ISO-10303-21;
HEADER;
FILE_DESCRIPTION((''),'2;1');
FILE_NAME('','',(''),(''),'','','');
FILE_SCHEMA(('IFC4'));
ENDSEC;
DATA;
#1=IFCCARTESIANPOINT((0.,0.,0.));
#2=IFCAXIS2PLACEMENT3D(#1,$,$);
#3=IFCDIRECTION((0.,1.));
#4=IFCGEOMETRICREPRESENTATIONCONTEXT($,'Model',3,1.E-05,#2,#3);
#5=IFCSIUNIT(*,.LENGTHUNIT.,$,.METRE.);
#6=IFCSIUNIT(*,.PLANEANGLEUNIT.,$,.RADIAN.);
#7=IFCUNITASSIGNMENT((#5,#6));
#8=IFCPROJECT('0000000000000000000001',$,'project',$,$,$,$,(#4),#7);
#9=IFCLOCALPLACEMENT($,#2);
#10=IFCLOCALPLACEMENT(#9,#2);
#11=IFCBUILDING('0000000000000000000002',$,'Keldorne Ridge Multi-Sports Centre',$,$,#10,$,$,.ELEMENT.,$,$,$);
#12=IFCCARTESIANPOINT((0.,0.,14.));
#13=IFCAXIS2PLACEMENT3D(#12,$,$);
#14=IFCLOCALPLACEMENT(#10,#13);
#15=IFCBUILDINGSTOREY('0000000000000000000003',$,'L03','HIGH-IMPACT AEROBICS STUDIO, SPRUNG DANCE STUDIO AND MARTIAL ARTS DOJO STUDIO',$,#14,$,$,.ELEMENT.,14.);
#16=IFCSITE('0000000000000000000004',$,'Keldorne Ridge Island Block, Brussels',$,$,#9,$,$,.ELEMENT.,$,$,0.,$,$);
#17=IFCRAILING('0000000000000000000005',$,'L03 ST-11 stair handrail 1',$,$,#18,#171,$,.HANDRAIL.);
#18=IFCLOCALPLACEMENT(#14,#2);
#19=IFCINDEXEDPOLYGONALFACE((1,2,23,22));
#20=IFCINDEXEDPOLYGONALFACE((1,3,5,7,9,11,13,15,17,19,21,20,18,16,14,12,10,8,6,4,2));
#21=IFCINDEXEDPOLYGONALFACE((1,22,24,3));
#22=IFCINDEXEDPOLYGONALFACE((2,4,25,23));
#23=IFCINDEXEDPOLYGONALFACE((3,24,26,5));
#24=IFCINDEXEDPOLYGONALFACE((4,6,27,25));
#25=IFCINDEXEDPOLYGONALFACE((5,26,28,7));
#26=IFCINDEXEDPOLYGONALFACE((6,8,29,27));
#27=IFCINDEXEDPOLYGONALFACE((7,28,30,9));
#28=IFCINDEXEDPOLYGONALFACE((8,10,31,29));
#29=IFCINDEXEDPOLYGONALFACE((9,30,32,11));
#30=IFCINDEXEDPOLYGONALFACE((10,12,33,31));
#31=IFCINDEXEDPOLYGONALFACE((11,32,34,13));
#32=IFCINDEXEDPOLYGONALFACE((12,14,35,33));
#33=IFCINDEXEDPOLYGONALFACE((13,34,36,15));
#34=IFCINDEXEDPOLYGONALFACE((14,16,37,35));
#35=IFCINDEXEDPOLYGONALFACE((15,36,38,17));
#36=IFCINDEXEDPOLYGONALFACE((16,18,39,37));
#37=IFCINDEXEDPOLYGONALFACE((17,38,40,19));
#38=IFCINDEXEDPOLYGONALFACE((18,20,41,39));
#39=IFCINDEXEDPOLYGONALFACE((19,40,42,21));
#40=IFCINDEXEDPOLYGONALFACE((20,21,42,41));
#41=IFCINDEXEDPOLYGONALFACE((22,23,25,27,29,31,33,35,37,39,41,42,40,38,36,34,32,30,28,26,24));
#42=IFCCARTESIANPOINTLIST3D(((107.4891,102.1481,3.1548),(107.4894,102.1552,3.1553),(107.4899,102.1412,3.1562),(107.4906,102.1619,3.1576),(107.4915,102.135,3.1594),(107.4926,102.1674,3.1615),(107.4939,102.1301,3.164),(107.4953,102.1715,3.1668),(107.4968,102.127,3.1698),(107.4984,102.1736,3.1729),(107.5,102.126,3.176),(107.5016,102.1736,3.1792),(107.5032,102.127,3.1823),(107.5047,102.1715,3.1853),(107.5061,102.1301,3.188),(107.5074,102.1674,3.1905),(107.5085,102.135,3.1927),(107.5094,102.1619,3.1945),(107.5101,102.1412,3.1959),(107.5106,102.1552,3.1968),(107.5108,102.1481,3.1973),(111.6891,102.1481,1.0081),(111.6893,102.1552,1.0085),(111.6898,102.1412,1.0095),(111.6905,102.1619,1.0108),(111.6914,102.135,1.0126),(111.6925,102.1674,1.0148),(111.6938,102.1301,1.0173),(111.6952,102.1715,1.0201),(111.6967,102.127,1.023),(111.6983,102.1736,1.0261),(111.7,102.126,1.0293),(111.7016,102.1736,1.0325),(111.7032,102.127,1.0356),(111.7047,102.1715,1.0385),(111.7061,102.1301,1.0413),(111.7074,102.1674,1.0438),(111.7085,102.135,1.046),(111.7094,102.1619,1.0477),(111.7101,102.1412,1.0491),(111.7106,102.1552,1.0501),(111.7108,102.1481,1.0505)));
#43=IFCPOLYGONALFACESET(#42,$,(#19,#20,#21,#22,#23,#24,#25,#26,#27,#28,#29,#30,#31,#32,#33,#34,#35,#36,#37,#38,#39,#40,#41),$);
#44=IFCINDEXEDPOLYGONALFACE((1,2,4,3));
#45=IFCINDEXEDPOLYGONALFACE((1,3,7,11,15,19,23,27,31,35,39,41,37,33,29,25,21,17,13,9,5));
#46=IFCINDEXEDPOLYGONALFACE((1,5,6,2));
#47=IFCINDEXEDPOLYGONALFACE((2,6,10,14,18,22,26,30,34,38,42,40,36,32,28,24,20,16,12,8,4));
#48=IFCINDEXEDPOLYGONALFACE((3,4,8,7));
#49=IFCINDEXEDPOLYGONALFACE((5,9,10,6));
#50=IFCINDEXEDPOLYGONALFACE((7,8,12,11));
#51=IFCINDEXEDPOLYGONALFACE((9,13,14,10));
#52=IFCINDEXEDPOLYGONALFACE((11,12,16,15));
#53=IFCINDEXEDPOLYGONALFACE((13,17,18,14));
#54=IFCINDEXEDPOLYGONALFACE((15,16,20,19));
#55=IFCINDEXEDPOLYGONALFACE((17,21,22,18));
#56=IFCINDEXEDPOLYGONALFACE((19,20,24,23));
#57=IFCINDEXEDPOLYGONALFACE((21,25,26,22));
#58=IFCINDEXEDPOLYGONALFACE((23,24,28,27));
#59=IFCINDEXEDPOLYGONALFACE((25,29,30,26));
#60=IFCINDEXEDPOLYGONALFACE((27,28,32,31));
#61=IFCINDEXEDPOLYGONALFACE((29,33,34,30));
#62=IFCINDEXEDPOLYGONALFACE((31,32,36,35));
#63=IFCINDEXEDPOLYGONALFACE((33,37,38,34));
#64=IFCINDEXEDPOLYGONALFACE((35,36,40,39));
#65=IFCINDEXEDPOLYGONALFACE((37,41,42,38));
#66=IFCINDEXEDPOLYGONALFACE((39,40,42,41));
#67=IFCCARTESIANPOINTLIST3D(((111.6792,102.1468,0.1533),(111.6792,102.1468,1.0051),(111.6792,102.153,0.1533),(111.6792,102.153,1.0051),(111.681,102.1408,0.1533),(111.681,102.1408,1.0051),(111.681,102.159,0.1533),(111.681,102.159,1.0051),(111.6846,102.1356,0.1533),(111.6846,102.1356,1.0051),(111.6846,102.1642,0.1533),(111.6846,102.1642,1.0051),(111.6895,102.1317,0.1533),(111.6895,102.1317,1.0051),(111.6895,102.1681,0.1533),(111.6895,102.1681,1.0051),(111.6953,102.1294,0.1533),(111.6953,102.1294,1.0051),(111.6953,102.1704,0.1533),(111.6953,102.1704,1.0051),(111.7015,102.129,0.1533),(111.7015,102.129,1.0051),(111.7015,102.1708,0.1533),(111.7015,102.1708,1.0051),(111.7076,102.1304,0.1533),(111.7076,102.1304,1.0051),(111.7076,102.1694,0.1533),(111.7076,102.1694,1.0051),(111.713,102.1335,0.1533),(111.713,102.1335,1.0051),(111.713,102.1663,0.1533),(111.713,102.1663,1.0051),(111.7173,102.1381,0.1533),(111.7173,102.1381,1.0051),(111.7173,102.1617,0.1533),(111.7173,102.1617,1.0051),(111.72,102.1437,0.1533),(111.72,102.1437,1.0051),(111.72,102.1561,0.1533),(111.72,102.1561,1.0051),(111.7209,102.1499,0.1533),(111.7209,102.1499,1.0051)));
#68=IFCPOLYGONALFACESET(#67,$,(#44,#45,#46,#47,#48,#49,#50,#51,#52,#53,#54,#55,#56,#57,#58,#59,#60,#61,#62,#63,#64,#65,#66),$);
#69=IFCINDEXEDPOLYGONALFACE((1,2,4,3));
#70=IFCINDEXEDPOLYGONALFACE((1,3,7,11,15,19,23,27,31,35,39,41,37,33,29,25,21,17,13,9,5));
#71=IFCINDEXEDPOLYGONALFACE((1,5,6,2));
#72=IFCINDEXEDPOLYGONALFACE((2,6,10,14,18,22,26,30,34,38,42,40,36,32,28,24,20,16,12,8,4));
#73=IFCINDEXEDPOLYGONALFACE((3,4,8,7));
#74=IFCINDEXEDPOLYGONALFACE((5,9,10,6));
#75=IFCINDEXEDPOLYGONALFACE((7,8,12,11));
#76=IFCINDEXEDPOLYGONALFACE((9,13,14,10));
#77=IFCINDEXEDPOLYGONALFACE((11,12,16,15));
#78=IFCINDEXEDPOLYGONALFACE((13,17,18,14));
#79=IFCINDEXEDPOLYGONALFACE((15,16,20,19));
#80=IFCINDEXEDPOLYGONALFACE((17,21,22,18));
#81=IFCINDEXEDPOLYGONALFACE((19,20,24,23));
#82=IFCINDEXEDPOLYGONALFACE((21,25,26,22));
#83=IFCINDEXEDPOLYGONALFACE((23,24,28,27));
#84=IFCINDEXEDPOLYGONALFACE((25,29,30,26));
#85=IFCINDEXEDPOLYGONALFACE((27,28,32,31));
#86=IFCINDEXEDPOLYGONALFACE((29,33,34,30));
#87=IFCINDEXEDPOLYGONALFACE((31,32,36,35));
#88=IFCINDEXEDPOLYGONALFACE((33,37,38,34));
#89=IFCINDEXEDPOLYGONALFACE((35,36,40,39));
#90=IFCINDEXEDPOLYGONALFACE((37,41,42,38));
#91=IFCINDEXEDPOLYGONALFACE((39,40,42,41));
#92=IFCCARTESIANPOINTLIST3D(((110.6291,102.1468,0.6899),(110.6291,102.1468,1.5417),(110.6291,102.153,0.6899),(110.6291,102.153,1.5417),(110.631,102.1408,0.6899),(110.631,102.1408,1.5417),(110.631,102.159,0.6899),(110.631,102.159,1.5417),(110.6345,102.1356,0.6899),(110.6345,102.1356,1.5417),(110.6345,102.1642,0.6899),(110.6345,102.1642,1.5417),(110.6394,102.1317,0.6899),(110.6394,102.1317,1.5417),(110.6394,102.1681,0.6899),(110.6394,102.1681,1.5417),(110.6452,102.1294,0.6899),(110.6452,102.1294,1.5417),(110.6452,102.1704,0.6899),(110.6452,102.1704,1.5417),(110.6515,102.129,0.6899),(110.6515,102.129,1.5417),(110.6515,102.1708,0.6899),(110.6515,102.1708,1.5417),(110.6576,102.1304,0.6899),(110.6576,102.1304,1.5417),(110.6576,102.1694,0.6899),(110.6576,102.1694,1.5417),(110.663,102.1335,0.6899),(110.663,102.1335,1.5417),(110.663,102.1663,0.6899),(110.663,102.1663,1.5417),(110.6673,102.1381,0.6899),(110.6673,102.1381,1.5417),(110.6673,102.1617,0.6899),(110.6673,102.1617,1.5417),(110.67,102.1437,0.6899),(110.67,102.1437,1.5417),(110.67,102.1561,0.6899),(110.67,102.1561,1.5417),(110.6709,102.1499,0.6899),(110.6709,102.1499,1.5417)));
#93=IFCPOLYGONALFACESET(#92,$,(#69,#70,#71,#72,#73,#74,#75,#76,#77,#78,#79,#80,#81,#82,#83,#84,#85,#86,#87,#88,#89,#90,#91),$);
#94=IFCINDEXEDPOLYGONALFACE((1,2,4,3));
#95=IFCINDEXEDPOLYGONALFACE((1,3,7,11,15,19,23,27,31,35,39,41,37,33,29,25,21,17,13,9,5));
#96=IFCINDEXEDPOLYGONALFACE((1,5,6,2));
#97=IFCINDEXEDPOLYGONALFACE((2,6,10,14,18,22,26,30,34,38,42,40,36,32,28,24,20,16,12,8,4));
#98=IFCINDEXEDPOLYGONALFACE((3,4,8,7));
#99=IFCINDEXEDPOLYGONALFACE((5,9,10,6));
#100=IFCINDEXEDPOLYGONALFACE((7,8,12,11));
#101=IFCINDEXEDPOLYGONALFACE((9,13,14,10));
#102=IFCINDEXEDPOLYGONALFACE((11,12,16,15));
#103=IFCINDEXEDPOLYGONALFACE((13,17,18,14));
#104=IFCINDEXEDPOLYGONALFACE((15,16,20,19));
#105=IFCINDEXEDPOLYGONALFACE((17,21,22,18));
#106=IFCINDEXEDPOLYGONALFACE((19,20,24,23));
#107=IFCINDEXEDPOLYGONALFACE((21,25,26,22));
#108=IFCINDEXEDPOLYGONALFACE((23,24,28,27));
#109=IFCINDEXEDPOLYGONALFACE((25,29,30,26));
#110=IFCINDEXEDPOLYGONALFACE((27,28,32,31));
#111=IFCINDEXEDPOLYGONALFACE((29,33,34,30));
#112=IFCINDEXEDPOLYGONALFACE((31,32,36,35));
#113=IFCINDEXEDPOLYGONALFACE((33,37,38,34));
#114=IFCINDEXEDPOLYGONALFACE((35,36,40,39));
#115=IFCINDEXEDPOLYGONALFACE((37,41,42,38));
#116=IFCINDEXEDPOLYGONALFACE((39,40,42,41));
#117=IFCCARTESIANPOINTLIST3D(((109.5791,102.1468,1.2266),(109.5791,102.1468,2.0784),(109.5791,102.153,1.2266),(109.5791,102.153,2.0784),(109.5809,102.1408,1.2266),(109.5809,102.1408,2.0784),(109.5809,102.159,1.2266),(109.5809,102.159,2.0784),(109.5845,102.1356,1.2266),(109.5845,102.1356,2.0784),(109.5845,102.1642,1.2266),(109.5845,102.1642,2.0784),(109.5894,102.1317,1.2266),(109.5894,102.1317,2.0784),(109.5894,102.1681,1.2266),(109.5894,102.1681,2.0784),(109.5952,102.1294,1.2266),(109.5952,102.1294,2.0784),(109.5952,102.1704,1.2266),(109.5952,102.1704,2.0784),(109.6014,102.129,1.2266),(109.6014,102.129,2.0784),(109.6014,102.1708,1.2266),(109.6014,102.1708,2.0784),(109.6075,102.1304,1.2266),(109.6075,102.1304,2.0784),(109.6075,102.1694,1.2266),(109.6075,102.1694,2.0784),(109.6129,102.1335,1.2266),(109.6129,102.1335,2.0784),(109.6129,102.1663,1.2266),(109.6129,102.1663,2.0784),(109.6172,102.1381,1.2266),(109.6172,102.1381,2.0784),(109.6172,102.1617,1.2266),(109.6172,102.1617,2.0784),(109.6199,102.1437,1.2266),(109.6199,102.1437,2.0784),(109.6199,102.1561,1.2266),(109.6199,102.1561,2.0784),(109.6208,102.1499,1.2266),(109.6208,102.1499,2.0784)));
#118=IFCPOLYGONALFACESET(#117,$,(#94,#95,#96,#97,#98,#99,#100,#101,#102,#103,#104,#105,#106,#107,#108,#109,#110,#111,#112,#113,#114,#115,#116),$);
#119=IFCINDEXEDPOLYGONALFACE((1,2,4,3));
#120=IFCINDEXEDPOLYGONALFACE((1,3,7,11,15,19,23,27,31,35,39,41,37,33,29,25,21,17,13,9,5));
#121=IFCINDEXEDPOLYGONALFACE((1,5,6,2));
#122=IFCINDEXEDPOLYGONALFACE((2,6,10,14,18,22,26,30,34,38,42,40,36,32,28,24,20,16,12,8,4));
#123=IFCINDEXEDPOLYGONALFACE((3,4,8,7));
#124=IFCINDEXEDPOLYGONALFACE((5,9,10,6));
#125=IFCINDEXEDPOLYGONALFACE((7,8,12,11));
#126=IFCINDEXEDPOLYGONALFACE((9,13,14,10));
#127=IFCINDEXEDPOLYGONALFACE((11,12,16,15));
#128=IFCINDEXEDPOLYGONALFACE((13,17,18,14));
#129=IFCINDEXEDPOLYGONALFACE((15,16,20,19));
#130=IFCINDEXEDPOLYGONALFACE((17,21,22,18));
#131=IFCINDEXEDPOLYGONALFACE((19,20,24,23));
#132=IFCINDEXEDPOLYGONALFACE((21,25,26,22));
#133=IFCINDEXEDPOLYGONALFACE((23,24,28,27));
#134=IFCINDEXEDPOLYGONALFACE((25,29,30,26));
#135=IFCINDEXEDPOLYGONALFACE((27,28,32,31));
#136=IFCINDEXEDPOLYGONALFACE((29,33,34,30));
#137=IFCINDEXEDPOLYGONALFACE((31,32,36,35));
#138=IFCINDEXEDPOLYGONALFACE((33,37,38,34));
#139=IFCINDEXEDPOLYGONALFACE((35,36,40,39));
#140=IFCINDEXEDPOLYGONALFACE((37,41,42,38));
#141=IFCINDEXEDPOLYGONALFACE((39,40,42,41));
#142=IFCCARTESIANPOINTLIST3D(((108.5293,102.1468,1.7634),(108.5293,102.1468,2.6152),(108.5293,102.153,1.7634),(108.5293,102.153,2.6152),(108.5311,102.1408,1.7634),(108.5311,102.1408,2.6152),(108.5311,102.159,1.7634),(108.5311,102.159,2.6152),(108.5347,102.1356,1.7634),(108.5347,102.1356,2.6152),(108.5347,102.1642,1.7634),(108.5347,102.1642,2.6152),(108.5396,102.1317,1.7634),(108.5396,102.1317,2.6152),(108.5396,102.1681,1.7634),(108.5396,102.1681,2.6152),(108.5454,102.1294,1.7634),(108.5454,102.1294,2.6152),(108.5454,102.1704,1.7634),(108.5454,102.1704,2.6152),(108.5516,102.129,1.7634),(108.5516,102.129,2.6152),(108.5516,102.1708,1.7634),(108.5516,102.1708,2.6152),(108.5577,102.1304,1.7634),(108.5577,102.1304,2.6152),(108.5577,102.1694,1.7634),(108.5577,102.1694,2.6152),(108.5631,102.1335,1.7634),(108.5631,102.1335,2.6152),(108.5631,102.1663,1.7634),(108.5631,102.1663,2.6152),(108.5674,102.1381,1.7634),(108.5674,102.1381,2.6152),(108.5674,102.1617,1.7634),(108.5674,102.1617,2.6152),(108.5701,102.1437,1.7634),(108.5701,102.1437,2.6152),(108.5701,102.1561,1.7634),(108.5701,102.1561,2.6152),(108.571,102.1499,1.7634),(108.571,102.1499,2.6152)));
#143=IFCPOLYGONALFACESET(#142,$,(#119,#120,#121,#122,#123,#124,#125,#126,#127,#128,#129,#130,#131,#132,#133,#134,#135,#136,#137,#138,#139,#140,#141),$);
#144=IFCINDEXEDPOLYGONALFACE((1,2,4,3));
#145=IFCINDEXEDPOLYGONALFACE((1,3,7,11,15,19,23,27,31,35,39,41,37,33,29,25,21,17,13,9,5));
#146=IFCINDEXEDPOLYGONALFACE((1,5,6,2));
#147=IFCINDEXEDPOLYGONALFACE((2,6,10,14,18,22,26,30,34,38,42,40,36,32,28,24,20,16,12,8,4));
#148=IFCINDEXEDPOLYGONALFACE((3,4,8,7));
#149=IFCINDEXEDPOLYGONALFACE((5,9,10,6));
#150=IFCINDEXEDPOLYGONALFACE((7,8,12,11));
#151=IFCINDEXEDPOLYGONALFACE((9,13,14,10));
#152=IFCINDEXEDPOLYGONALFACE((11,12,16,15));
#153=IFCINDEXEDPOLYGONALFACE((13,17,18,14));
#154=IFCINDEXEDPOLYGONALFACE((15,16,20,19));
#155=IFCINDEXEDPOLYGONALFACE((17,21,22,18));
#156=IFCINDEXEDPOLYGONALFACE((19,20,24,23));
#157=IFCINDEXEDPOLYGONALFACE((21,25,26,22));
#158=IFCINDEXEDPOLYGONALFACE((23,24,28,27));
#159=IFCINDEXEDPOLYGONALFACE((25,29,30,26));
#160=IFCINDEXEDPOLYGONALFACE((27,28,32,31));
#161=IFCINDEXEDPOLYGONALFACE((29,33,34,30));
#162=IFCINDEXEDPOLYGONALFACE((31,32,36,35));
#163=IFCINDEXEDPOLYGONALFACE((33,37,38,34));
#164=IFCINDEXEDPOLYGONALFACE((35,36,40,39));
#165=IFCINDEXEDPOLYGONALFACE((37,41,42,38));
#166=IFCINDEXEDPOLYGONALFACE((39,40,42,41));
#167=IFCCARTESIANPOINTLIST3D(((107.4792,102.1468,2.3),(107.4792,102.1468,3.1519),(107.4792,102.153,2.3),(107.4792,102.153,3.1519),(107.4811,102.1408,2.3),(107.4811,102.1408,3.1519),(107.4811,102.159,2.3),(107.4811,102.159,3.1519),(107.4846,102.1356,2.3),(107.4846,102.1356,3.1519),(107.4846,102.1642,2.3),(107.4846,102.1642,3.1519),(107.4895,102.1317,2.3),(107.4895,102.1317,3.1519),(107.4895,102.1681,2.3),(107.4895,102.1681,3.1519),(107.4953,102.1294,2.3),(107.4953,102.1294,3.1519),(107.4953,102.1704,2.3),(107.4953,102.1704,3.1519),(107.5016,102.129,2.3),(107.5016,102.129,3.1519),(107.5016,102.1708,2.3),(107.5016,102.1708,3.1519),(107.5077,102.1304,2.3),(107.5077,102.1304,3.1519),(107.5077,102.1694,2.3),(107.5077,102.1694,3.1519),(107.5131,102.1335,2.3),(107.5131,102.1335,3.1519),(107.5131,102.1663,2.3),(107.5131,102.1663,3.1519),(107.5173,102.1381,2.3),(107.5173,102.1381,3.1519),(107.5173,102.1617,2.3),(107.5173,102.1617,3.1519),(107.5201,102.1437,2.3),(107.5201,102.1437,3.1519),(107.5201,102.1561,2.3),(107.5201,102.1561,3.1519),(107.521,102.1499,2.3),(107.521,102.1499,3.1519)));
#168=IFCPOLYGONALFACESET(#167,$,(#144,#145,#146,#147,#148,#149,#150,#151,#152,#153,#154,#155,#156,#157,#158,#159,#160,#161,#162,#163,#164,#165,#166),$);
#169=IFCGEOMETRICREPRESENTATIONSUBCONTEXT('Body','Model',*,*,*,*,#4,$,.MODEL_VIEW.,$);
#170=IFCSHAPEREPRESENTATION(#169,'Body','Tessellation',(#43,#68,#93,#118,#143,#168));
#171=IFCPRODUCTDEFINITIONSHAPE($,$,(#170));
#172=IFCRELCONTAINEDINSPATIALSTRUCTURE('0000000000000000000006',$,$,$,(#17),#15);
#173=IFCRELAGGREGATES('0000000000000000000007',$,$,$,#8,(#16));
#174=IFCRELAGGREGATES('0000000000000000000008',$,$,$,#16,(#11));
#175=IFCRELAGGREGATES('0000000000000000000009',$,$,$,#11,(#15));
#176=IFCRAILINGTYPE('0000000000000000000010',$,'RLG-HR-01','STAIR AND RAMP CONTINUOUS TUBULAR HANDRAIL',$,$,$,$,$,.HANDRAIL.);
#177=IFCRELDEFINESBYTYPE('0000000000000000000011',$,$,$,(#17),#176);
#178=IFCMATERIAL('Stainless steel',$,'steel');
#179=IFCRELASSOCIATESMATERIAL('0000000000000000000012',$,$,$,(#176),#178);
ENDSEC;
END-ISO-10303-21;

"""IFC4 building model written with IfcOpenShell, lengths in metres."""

from ifc_helpers import new_model, si_unit, direction, frame, origin, origin_2d, place, context, subcontext, project, spatial, circle, extrude, material, type_object, element, save


model = new_model("IFC4")

# Units and contexts
model_context = context("Model", 3, precision=1e-05, world=origin(), true_north=direction((0.0, 1.0)))
body_context = subcontext(model_context, "Body", "Model", "MODEL_VIEW")
ifc_project = project(units=[si_unit("LENGTHUNIT", "METRE"), si_unit("PLANEANGLEUNIT", "RADIAN")], contexts=[model_context])

# Site, building, storey
site_placement = place(None, origin())
site = spatial("IfcSite", under=ifc_project, at=site_placement, Name="Keldorne Ridge Island Block, Brussels", CompositionType="ELEMENT", RefElevation=0.0)
building_placement = place(site_placement, origin())
building = spatial("IfcBuilding", under=site, at=building_placement, Name="Keldorne Ridge Multi-Sports Centre", CompositionType="ELEMENT")
storey_placement = place(building_placement, frame((0.0, 0.0, 14.0)))
storey = spatial("IfcBuildingStorey", under=building, at=storey_placement, Name="L03", Description="HIGH-IMPACT AEROBICS STUDIO, SPRUNG DANCE STUDIO AND MARTIAL ARTS DOJO STUDIO", CompositionType="ELEMENT", Elevation=14.0)

# Railing
ifc_material_1 = material(Name="Stainless steel", Category="steel")
railing_type_1 = type_object("IfcRailingType", Name="RLG-HR-01", Description="STAIR AND RAMP CONTINUOUS TUBULAR HANDRAIL", PredefinedType="HANDRAIL", material=ifc_material_1)
for number, where, name in (
    (1, (111.7, 102.1499, 0.1533), "L03 ST-11 stair handrail 1"),
):
    element("IfcRailing", number, at=place(storey_placement, frame(where)), inside=storey, type_object=railing_type_1, Name=name, PredefinedType="HANDRAIL", context=body_context, shape_type="SweptSolid", body=[
        extrude(circle(Radius=0.0239, at=origin_2d()), frame((0.0, 0.0, 0.876), z_axis=(-0.890427, 0.0, 0.455126), x_axis=(0.0, -1.0, 0.0)), (0.0, 0.0, 1.0), 4.7168),
        extrude(circle(Radius=0.021, at=origin_2d()), origin(), (0.0, 0.0, 1.0), 0.8518),
        extrude(circle(Radius=0.021, at=origin_2d()), frame((-1.05, 0.0, 0.5366)), (0.0, 0.0, 1.0), 0.8518),
        extrude(circle(Radius=0.021, at=origin_2d()), frame((-2.1001, 0.0, 1.0732)), (0.0, 0.0, 1.0), 0.8518),
        extrude(circle(Radius=0.021, at=origin_2d()), frame((-3.1499, 0.0, 1.6101)), (0.0, 0.0, 1.0), 0.8518),
        extrude(circle(Radius=0.021, at=origin_2d()), frame((-4.2, 0.0, 2.1467)), (0.0, 0.0, 1.0), 0.8518),
    ])

save(model, "model.ifc")
